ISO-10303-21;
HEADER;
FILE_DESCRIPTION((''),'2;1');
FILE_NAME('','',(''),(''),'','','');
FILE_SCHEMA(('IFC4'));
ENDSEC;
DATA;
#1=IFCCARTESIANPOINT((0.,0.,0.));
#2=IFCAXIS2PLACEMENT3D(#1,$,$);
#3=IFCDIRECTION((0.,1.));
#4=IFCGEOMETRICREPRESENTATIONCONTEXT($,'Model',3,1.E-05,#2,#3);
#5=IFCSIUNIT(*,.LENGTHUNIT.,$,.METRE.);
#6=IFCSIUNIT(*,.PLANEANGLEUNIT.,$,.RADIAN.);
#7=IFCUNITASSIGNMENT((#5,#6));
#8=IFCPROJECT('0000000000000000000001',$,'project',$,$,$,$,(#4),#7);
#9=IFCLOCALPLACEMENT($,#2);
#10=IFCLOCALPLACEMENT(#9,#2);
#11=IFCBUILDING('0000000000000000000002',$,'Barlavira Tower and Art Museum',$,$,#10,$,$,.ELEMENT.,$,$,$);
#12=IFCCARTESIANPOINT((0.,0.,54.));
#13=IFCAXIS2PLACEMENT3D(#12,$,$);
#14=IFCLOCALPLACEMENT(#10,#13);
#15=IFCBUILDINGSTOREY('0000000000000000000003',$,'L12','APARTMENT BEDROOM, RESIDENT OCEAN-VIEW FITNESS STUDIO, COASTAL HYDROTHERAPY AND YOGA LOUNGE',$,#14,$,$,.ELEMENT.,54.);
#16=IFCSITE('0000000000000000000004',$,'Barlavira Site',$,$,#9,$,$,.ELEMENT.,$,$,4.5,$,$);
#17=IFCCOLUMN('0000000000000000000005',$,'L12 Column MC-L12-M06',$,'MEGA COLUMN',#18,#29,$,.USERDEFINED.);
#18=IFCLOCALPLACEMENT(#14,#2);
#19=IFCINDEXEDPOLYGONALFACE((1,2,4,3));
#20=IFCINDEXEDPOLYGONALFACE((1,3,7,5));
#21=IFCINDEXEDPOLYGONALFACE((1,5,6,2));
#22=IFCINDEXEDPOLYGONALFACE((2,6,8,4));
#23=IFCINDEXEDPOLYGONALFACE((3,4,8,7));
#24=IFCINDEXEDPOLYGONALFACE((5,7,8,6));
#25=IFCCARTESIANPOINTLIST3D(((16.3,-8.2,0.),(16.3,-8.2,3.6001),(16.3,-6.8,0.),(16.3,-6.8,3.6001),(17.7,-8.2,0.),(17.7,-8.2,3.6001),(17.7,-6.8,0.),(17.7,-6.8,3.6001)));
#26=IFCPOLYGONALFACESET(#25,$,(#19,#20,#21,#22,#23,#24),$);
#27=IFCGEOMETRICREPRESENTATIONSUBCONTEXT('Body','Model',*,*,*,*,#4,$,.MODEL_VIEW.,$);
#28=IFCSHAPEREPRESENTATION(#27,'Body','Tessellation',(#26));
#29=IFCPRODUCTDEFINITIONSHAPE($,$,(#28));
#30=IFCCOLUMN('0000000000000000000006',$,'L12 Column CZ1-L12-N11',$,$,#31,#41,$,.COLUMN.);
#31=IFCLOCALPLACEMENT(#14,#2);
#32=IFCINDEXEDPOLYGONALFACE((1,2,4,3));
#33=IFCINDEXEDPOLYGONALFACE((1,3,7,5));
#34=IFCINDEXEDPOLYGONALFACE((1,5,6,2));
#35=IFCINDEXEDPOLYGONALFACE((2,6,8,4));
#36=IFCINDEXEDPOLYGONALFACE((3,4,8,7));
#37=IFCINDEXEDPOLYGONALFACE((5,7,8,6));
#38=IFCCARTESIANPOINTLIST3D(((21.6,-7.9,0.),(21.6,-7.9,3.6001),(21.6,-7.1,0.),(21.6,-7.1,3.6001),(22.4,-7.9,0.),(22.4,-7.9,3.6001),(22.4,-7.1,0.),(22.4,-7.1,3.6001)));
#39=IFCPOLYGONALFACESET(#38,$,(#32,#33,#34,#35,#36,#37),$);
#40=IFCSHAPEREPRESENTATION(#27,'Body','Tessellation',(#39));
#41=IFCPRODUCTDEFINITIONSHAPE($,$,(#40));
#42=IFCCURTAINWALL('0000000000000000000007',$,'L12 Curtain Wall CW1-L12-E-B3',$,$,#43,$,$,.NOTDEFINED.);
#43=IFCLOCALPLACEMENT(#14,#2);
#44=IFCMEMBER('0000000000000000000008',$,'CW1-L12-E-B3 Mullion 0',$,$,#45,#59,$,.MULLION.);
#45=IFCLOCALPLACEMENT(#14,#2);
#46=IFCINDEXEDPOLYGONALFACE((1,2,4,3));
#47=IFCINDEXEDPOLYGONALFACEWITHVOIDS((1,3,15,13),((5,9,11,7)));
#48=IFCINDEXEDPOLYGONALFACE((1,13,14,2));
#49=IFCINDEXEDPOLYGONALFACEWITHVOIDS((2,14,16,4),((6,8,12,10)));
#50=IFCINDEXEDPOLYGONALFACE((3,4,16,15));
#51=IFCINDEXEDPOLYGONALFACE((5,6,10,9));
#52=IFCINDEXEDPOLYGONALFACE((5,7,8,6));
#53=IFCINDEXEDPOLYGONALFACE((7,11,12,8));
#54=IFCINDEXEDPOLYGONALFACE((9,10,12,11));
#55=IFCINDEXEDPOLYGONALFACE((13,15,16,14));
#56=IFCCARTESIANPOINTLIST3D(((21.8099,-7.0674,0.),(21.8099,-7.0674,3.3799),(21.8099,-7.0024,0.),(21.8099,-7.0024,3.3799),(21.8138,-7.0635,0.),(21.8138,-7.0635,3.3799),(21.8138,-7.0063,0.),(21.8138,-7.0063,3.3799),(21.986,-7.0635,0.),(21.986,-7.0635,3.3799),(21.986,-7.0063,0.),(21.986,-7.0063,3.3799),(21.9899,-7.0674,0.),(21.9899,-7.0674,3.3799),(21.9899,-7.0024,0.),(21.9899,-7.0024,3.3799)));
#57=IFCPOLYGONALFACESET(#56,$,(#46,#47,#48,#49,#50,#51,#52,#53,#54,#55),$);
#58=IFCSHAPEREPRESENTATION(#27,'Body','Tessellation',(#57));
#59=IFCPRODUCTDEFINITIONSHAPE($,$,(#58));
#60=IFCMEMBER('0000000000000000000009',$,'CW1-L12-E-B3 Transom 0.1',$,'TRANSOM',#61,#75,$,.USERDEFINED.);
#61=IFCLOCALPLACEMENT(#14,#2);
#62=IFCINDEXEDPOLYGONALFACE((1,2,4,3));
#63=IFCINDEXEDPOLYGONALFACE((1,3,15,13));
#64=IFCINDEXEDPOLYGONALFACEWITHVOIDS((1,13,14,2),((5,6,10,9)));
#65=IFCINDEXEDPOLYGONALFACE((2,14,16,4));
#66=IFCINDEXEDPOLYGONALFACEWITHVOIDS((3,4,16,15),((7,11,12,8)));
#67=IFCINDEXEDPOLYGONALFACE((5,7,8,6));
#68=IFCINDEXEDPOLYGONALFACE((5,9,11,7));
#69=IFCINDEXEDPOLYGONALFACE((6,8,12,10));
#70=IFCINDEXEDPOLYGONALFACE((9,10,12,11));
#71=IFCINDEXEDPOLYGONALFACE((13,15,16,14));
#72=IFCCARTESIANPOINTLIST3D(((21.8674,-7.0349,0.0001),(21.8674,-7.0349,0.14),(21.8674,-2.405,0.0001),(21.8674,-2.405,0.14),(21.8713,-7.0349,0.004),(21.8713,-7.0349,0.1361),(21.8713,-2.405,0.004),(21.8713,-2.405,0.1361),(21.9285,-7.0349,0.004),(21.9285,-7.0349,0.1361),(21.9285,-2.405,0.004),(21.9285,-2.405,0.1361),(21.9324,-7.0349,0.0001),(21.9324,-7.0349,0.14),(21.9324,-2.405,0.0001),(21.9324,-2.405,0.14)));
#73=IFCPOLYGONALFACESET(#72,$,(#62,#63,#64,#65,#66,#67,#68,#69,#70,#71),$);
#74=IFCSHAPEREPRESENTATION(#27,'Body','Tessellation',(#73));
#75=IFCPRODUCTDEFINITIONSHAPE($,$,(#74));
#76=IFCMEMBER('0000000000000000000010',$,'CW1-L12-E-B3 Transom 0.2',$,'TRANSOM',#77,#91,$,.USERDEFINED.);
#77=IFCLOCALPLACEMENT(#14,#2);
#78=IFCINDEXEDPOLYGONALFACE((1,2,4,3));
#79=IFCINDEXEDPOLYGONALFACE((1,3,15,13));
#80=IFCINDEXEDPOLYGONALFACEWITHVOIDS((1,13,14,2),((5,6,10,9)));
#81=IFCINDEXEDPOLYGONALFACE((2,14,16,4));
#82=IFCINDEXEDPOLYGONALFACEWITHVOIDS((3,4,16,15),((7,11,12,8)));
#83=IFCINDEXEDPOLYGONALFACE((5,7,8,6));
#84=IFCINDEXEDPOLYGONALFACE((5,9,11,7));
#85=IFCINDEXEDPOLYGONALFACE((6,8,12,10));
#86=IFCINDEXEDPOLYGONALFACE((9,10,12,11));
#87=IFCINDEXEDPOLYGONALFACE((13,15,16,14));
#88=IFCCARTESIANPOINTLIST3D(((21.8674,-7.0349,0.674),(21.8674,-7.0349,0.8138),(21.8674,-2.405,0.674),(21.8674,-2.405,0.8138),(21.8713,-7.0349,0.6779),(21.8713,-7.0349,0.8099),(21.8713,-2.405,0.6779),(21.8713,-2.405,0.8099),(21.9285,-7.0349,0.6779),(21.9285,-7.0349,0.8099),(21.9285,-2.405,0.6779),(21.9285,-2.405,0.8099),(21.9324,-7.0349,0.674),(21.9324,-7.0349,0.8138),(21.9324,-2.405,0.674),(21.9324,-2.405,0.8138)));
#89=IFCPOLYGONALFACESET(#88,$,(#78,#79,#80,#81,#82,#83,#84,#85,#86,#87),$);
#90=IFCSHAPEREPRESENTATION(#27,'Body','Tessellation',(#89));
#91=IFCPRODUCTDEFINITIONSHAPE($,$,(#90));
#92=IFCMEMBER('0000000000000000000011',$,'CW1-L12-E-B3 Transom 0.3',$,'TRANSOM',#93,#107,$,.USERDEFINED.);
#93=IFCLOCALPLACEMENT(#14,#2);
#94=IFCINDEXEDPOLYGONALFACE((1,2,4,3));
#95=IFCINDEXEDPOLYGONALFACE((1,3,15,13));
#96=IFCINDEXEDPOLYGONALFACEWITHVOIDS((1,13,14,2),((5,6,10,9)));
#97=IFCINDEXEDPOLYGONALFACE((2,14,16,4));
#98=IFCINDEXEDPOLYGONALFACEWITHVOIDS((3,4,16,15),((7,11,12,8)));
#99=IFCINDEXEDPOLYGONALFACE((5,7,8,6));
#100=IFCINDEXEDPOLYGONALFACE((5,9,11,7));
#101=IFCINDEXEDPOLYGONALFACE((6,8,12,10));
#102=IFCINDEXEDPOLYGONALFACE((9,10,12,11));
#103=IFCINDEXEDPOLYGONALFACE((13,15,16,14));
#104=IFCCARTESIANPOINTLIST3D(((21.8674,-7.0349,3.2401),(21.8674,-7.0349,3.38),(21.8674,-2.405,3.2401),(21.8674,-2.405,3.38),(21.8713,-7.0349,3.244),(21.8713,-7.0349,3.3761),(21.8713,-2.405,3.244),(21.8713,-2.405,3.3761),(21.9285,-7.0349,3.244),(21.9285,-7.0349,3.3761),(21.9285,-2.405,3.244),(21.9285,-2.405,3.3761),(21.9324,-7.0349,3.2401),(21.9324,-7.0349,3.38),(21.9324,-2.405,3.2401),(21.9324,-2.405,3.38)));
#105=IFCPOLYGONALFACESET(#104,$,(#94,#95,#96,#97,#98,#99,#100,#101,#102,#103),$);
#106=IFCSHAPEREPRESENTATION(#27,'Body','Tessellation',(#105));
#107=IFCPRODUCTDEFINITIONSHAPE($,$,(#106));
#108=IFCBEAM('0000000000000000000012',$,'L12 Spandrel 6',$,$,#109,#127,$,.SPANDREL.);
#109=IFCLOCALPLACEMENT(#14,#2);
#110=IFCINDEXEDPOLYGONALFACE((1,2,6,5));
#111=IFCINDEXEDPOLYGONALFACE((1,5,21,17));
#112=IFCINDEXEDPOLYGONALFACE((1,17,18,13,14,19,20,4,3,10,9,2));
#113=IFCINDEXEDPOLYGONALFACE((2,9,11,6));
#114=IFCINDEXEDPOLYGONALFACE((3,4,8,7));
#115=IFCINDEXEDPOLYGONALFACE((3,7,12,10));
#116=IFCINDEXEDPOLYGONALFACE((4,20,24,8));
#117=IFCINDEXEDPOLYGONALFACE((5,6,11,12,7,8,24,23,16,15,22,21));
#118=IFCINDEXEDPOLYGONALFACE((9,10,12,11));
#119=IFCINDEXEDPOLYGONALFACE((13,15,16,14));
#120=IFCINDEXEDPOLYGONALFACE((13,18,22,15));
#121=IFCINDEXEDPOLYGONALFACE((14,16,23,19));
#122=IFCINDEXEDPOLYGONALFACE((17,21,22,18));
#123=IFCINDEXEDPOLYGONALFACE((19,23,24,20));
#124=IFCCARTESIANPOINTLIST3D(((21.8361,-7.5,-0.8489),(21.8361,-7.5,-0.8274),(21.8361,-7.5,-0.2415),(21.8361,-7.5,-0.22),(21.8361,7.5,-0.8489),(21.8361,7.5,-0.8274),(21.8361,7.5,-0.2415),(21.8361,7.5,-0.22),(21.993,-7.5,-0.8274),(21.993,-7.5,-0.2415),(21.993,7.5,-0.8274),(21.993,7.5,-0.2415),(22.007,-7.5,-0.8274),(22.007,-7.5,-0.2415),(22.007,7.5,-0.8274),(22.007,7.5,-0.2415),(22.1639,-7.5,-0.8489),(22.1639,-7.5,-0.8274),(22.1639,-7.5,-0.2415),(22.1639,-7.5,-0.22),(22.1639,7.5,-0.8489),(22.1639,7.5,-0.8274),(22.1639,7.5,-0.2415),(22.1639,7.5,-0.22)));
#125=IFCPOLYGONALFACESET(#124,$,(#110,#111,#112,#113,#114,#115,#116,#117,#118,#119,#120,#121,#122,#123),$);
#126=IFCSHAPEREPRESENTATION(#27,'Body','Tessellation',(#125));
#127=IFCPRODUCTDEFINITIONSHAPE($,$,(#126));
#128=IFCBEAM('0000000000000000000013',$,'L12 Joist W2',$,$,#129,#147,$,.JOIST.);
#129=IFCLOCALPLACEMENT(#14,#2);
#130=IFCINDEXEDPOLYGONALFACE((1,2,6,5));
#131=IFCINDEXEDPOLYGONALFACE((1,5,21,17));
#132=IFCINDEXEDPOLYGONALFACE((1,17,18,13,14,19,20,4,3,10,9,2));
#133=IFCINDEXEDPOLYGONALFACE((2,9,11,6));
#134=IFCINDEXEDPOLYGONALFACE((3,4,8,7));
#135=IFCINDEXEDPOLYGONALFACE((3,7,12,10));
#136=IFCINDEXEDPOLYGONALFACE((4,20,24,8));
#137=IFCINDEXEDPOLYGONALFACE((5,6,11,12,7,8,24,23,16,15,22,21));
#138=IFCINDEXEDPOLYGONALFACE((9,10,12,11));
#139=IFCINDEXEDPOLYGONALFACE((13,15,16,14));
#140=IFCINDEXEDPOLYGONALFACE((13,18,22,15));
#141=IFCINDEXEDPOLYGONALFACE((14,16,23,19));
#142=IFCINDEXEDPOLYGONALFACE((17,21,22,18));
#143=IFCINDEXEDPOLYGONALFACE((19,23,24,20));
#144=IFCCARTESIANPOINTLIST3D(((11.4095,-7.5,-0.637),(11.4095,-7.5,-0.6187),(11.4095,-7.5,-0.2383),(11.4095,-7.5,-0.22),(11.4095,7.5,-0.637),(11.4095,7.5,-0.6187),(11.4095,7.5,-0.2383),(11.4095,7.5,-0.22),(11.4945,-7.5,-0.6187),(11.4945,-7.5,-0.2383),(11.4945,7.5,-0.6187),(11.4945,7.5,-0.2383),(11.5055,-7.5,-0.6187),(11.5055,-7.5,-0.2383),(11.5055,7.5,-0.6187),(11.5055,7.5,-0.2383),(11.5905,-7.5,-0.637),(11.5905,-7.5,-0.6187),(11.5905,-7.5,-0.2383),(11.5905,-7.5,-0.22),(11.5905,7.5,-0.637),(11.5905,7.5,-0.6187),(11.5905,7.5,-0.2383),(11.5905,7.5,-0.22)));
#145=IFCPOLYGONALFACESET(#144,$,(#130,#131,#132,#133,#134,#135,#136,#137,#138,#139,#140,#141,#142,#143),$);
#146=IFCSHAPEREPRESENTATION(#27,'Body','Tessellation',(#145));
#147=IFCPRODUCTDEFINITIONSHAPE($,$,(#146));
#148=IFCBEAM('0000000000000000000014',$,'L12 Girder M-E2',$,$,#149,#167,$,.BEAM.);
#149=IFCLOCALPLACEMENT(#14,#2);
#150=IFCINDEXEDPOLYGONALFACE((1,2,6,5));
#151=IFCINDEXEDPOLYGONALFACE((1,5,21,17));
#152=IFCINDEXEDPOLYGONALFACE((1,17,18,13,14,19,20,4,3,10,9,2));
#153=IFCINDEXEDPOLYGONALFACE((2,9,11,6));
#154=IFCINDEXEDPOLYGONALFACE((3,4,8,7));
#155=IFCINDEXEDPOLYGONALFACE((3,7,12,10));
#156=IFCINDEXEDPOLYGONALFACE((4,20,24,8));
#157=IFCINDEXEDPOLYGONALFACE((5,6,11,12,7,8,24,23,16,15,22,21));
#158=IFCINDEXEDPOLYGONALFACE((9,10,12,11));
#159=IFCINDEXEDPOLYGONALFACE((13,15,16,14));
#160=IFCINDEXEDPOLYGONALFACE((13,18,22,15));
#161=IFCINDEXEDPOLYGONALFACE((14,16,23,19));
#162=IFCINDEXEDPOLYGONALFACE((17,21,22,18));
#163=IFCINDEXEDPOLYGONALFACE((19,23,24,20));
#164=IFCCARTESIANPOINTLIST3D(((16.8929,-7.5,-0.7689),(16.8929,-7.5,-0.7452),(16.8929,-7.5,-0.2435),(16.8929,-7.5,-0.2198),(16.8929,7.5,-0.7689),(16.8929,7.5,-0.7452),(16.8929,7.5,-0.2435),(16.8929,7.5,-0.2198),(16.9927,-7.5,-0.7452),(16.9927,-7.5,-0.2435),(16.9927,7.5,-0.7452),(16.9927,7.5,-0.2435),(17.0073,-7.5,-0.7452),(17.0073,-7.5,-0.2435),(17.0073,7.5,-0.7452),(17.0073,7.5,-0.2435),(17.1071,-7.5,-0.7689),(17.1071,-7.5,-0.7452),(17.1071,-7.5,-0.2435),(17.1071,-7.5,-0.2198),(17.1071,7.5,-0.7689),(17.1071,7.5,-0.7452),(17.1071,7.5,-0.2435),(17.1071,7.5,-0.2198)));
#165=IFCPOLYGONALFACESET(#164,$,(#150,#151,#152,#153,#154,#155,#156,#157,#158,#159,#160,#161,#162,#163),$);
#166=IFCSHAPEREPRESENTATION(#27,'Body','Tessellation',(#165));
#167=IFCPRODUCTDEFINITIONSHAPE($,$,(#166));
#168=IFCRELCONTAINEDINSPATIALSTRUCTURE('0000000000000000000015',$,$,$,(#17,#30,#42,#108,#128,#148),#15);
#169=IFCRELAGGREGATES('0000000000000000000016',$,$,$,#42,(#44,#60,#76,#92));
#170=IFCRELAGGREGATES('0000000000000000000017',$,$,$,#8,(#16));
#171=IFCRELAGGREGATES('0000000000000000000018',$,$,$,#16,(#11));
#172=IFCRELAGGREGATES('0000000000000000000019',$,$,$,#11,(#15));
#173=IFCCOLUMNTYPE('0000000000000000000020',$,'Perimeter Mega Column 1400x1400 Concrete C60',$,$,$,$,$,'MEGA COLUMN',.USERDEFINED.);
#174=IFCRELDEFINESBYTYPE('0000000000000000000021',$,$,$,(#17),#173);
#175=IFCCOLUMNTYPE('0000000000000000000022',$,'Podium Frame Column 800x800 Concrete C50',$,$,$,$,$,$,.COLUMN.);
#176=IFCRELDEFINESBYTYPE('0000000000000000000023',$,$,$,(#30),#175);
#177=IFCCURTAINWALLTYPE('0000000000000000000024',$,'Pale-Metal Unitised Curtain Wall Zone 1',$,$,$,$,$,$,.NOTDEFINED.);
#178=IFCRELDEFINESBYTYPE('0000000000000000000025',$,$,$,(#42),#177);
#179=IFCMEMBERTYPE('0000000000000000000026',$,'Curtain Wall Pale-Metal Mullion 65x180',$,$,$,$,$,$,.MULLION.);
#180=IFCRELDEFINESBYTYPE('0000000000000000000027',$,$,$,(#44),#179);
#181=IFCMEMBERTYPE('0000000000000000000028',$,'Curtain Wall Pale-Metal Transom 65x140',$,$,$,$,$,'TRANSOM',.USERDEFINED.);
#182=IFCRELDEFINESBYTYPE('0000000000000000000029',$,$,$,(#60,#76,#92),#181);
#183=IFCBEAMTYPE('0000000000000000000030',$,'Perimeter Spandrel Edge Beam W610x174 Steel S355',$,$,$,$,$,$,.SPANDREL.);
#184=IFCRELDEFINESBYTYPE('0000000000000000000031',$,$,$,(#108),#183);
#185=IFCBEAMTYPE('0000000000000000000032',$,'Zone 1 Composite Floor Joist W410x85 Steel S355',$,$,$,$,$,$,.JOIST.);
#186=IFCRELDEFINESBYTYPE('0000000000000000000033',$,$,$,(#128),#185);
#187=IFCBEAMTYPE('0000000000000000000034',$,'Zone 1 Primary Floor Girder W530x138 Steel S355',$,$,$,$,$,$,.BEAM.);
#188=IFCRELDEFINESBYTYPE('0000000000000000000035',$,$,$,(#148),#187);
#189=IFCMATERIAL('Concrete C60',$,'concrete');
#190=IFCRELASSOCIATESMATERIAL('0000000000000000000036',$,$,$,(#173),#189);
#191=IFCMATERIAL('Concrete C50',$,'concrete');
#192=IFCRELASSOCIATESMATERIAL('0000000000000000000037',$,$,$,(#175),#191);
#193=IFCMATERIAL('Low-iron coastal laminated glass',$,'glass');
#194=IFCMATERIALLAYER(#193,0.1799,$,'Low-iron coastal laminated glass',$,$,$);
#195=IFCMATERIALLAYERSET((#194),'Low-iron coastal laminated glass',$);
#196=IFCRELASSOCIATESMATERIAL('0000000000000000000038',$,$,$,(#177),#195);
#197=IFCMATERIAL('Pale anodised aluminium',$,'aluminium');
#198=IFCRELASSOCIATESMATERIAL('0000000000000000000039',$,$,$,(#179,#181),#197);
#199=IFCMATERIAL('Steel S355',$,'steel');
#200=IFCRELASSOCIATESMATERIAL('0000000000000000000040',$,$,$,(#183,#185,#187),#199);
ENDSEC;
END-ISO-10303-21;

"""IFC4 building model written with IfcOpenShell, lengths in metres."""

from ifc_helpers import new_model, si_unit, direction, frame, origin, origin_2d, place, context, subcontext, project, spatial, rectangle, hollow_rectangle, i_section, extrude, material, layer, layer_set, material_profile, profile_set, type_object, element, aggregate, save


model = new_model("IFC4")

# Units and contexts
model_context = context("Model", 3, precision=1e-05, world=origin(), true_north=direction((0.0, 1.0)))
body_context = subcontext(model_context, "Body", "Model", "MODEL_VIEW")
ifc_project = project(units=[si_unit("LENGTHUNIT", "METRE"), si_unit("PLANEANGLEUNIT", "RADIAN")], contexts=[model_context])

# Site, building, storey
site_placement = place(None, origin())
site = spatial("IfcSite", under=ifc_project, at=site_placement, Name="Barlavira Site", CompositionType="ELEMENT", RefElevation=4.5)
building_placement = place(site_placement, origin())
building = spatial("IfcBuilding", under=site, at=building_placement, Name="Barlavira Tower and Art Museum", CompositionType="ELEMENT")
storey_placement = place(building_placement, frame((0.0, 0.0, 54.0)))
storey = spatial("IfcBuildingStorey", under=building, at=storey_placement, Name="L12", Description="APARTMENT BEDROOM, RESIDENT OCEAN-VIEW FITNESS STUDIO, COASTAL HYDROTHERAPY AND YOGA LOUNGE", CompositionType="ELEMENT", Elevation=54.0)

# Columns
ifc_material_1 = material(Name="Concrete C60", Category="concrete")
ifc_material_profile_1 = material_profile(ifc_material_1, rectangle(XDim=1.3999, YDim=1.3999, at=origin_2d()), Name="RC-MCOL 1400x1400")
ifc_profile_set_1 = profile_set([ifc_material_profile_1], Name="Concrete C60")
column_type_1 = type_object("IfcColumnType", Name="Perimeter Mega Column 1400x1400 Concrete C60", ElementType="MEGA COLUMN", PredefinedType="USERDEFINED", material=ifc_profile_set_1)
column_1_placement = place(storey_placement, frame((17.0, -7.5, 0.0), z_axis=(0.0, 0.0, 1.0), x_axis=(1.0, 0.0, 0.0)))
element("IfcColumn", 1, at=column_1_placement, inside=storey, type_object=column_type_1, Name="L12 Column MC-L12-M06", ObjectType="MEGA COLUMN", PredefinedType="USERDEFINED", context=body_context, shape_type="SweptSolid", body=[
    extrude(rectangle(XDim=1.3999, YDim=1.3999, at=origin_2d()), origin(), (0.0, 0.0, 1.0), 3.6001),
])
ifc_material_2 = material(Name="Concrete C50", Category="concrete")
ifc_material_profile_2 = material_profile(ifc_material_2, rectangle(XDim=0.8, YDim=0.8, at=origin_2d()), Name="RC-COL 800x800")
ifc_profile_set_2 = profile_set([ifc_material_profile_2], Name="Concrete C50")
column_type_2 = type_object("IfcColumnType", Name="Podium Frame Column 800x800 Concrete C50", PredefinedType="COLUMN", material=ifc_profile_set_2)
column_2_placement = place(storey_placement, frame((22.0, -7.5, 0.0), z_axis=(0.0, 0.0, 1.0), x_axis=(1.0, 0.0, 0.0)))
element("IfcColumn", 2, at=column_2_placement, inside=storey, type_object=column_type_2, Name="L12 Column CZ1-L12-N11", PredefinedType="COLUMN", context=body_context, shape_type="SweptSolid", body=[
    extrude(rectangle(XDim=0.8, YDim=0.8, at=origin_2d()), origin(), (0.0, 0.0, 1.0), 3.6001),
])

# Curtain wall, members
ifc_material_3 = material(Name="Low-iron coastal laminated glass", Category="glass")
ifc_layer_1 = layer(ifc_material_3, 0.1799, Name="Low-iron coastal laminated glass")
ifc_layer_set_1 = layer_set([ifc_layer_1], Name="Low-iron coastal laminated glass")
curtain_wall_type = type_object("IfcCurtainWallType", Name="Pale-Metal Unitised Curtain Wall Zone 1", PredefinedType="NOTDEFINED", material=ifc_layer_set_1)
curtain_wall_placement = place(storey_placement, origin())
curtain_wall = element("IfcCurtainWall", 3, at=curtain_wall_placement, inside=storey, type_object=curtain_wall_type, Name="L12 Curtain Wall CW1-L12-E-B3", PredefinedType="NOTDEFINED")
ifc_material_4 = material(Name="Pale anodised aluminium", Category="aluminium")
ifc_material_profile_3 = material_profile(ifc_material_4, hollow_rectangle(XDim=0.0649, YDim=0.1799, WallThickness=0.0039, at=origin_2d()), Name="ALU-MULL 65x180x4")
ifc_profile_set_3 = profile_set([ifc_material_profile_3], Name="Pale anodised aluminium")
member_type_1 = type_object("IfcMemberType", Name="Curtain Wall Pale-Metal Mullion 65x180", PredefinedType="MULLION", material=ifc_profile_set_3)
member_1_placement = place(storey_placement, frame((21.8999, -7.0349, 0.0), z_axis=(0.0, 0.0, 1.0), x_axis=(0.0, 1.0, 0.0)))
member_1 = element("IfcMember", 4, at=member_1_placement, type_object=member_type_1, Name="CW1-L12-E-B3 Mullion 0", PredefinedType="MULLION", context=body_context, shape_type="SweptSolid", body=[
    extrude(hollow_rectangle(XDim=0.0649, YDim=0.1799, WallThickness=0.0039, at=origin_2d()), origin(), (0.0, 0.0, 1.0), 3.3799),
])
ifc_material_profile_4 = material_profile(ifc_material_4, hollow_rectangle(XDim=0.0649, YDim=0.1399, WallThickness=0.0039, at=origin_2d()), Name="ALU-TRAN 65x140x4")
ifc_profile_set_4 = profile_set([ifc_material_profile_4], Name="Pale anodised aluminium")
member_type_2 = type_object("IfcMemberType", Name="Curtain Wall Pale-Metal Transom 65x140", ElementType="TRANSOM", PredefinedType="USERDEFINED", material=ifc_profile_set_4)
member_2_placement = place(storey_placement, frame((21.8999, -7.0349, 0.0701), z_axis=(0.0, 1.0, 0.0), x_axis=(-1.0, 0.0, 0.0)))
member_2 = element("IfcMember", 5, at=member_2_placement, type_object=member_type_2, Name="CW1-L12-E-B3 Transom 0.1", ObjectType="TRANSOM", PredefinedType="USERDEFINED", context=body_context, shape_type="SweptSolid", body=[
    extrude(hollow_rectangle(XDim=0.0649, YDim=0.1399, WallThickness=0.0039, at=origin_2d()), origin(), (0.0, 0.0, 1.0), 4.6299),
])
member_3_placement = place(storey_placement, frame((21.8999, -7.0349, 0.7439), z_axis=(0.0, 1.0, 0.0), x_axis=(-1.0, 0.0, 0.0)))
member_3 = element("IfcMember", 6, at=member_3_placement, type_object=member_type_2, Name="CW1-L12-E-B3 Transom 0.2", ObjectType="TRANSOM", PredefinedType="USERDEFINED", context=body_context, shape_type="SweptSolid", body=[
    extrude(hollow_rectangle(XDim=0.0649, YDim=0.1399, WallThickness=0.0039, at=origin_2d()), origin(), (0.0, 0.0, 1.0), 4.6299),
])
member_4_placement = place(storey_placement, frame((21.8999, -7.0349, 3.3101), z_axis=(0.0, 1.0, 0.0), x_axis=(-1.0, 0.0, 0.0)))
member_4 = element("IfcMember", 7, at=member_4_placement, type_object=member_type_2, Name="CW1-L12-E-B3 Transom 0.3", ObjectType="TRANSOM", PredefinedType="USERDEFINED", context=body_context, shape_type="SweptSolid", body=[
    extrude(hollow_rectangle(XDim=0.0649, YDim=0.1399, WallThickness=0.0039, at=origin_2d()), origin(), (0.0, 0.0, 1.0), 4.6299),
])

# Beams
ifc_material_5 = material(Name="Steel S355", Category="steel")
ifc_material_profile_5 = material_profile(ifc_material_5, i_section(OverallWidth=0.3279, OverallDepth=0.6289, WebThickness=0.0139, FlangeThickness=0.0215, at=origin_2d()), Name="W610x174.0")
ifc_profile_set_5 = profile_set([ifc_material_profile_5], Name="Steel S355")
beam_type_1 = type_object("IfcBeamType", Name="Perimeter Spandrel Edge Beam W610x174 Steel S355", PredefinedType="SPANDREL", material=ifc_profile_set_5)
beam_1_placement = place(storey_placement, frame((22.0, -7.5, -0.5344), z_axis=(0.0, 1.0, 0.0), x_axis=(-1.0, 0.0, 0.0)))
element("IfcBeam", 8, at=beam_1_placement, inside=storey, type_object=beam_type_1, Name="L12 Spandrel 6", PredefinedType="SPANDREL", context=body_context, shape_type="SweptSolid", body=[
    extrude(i_section(OverallWidth=0.3279, OverallDepth=0.6289, WebThickness=0.0139, FlangeThickness=0.0215, at=origin_2d()), origin(), (0.0, 0.0, 1.0), 15.0),
])
ifc_material_profile_6 = material_profile(ifc_material_5, i_section(OverallWidth=0.1809, OverallDepth=0.417, WebThickness=0.011, FlangeThickness=0.0183, at=origin_2d()), Name="W410x85.0")
ifc_profile_set_6 = profile_set([ifc_material_profile_6], Name="Steel S355")
beam_type_2 = type_object("IfcBeamType", Name="Zone 1 Composite Floor Joist W410x85 Steel S355", PredefinedType="JOIST", material=ifc_profile_set_6)
beam_2_placement = place(storey_placement, frame((11.5, -7.5, -0.4285), z_axis=(0.0, 1.0, 0.0), x_axis=(-1.0, 0.0, 0.0)))
element("IfcBeam", 9, at=beam_2_placement, inside=storey, type_object=beam_type_2, Name="L12 Joist W2", PredefinedType="JOIST", context=body_context, shape_type="SweptSolid", body=[
    extrude(i_section(OverallWidth=0.1809, OverallDepth=0.417, WebThickness=0.011, FlangeThickness=0.0183, at=origin_2d()), origin(), (0.0, 0.0, 1.0), 15.0),
])
ifc_material_profile_7 = material_profile(ifc_material_5, i_section(OverallWidth=0.2141, OverallDepth=0.5491, WebThickness=0.0146, FlangeThickness=0.0237, at=origin_2d()), Name="W530x138.0")
ifc_profile_set_7 = profile_set([ifc_material_profile_7], Name="Steel S355")
beam_type_3 = type_object("IfcBeamType", Name="Zone 1 Primary Floor Girder W530x138 Steel S355", PredefinedType="BEAM", material=ifc_profile_set_7)
beam_3_placement = place(storey_placement, frame((17.0, -7.5, -0.4944), z_axis=(0.0, 1.0, 0.0), x_axis=(-1.0, 0.0, 0.0)))
element("IfcBeam", 10, at=beam_3_placement, inside=storey, type_object=beam_type_3, Name="L12 Girder M-E2", PredefinedType="BEAM", context=body_context, shape_type="SweptSolid", body=[
    extrude(i_section(OverallWidth=0.2141, OverallDepth=0.5491, WebThickness=0.0146, FlangeThickness=0.0237, at=origin_2d()), origin(), (0.0, 0.0, 1.0), 15.0),
])

aggregate(curtain_wall, [member_1, member_2, member_3, member_4])

save(model, "model.ifc")
